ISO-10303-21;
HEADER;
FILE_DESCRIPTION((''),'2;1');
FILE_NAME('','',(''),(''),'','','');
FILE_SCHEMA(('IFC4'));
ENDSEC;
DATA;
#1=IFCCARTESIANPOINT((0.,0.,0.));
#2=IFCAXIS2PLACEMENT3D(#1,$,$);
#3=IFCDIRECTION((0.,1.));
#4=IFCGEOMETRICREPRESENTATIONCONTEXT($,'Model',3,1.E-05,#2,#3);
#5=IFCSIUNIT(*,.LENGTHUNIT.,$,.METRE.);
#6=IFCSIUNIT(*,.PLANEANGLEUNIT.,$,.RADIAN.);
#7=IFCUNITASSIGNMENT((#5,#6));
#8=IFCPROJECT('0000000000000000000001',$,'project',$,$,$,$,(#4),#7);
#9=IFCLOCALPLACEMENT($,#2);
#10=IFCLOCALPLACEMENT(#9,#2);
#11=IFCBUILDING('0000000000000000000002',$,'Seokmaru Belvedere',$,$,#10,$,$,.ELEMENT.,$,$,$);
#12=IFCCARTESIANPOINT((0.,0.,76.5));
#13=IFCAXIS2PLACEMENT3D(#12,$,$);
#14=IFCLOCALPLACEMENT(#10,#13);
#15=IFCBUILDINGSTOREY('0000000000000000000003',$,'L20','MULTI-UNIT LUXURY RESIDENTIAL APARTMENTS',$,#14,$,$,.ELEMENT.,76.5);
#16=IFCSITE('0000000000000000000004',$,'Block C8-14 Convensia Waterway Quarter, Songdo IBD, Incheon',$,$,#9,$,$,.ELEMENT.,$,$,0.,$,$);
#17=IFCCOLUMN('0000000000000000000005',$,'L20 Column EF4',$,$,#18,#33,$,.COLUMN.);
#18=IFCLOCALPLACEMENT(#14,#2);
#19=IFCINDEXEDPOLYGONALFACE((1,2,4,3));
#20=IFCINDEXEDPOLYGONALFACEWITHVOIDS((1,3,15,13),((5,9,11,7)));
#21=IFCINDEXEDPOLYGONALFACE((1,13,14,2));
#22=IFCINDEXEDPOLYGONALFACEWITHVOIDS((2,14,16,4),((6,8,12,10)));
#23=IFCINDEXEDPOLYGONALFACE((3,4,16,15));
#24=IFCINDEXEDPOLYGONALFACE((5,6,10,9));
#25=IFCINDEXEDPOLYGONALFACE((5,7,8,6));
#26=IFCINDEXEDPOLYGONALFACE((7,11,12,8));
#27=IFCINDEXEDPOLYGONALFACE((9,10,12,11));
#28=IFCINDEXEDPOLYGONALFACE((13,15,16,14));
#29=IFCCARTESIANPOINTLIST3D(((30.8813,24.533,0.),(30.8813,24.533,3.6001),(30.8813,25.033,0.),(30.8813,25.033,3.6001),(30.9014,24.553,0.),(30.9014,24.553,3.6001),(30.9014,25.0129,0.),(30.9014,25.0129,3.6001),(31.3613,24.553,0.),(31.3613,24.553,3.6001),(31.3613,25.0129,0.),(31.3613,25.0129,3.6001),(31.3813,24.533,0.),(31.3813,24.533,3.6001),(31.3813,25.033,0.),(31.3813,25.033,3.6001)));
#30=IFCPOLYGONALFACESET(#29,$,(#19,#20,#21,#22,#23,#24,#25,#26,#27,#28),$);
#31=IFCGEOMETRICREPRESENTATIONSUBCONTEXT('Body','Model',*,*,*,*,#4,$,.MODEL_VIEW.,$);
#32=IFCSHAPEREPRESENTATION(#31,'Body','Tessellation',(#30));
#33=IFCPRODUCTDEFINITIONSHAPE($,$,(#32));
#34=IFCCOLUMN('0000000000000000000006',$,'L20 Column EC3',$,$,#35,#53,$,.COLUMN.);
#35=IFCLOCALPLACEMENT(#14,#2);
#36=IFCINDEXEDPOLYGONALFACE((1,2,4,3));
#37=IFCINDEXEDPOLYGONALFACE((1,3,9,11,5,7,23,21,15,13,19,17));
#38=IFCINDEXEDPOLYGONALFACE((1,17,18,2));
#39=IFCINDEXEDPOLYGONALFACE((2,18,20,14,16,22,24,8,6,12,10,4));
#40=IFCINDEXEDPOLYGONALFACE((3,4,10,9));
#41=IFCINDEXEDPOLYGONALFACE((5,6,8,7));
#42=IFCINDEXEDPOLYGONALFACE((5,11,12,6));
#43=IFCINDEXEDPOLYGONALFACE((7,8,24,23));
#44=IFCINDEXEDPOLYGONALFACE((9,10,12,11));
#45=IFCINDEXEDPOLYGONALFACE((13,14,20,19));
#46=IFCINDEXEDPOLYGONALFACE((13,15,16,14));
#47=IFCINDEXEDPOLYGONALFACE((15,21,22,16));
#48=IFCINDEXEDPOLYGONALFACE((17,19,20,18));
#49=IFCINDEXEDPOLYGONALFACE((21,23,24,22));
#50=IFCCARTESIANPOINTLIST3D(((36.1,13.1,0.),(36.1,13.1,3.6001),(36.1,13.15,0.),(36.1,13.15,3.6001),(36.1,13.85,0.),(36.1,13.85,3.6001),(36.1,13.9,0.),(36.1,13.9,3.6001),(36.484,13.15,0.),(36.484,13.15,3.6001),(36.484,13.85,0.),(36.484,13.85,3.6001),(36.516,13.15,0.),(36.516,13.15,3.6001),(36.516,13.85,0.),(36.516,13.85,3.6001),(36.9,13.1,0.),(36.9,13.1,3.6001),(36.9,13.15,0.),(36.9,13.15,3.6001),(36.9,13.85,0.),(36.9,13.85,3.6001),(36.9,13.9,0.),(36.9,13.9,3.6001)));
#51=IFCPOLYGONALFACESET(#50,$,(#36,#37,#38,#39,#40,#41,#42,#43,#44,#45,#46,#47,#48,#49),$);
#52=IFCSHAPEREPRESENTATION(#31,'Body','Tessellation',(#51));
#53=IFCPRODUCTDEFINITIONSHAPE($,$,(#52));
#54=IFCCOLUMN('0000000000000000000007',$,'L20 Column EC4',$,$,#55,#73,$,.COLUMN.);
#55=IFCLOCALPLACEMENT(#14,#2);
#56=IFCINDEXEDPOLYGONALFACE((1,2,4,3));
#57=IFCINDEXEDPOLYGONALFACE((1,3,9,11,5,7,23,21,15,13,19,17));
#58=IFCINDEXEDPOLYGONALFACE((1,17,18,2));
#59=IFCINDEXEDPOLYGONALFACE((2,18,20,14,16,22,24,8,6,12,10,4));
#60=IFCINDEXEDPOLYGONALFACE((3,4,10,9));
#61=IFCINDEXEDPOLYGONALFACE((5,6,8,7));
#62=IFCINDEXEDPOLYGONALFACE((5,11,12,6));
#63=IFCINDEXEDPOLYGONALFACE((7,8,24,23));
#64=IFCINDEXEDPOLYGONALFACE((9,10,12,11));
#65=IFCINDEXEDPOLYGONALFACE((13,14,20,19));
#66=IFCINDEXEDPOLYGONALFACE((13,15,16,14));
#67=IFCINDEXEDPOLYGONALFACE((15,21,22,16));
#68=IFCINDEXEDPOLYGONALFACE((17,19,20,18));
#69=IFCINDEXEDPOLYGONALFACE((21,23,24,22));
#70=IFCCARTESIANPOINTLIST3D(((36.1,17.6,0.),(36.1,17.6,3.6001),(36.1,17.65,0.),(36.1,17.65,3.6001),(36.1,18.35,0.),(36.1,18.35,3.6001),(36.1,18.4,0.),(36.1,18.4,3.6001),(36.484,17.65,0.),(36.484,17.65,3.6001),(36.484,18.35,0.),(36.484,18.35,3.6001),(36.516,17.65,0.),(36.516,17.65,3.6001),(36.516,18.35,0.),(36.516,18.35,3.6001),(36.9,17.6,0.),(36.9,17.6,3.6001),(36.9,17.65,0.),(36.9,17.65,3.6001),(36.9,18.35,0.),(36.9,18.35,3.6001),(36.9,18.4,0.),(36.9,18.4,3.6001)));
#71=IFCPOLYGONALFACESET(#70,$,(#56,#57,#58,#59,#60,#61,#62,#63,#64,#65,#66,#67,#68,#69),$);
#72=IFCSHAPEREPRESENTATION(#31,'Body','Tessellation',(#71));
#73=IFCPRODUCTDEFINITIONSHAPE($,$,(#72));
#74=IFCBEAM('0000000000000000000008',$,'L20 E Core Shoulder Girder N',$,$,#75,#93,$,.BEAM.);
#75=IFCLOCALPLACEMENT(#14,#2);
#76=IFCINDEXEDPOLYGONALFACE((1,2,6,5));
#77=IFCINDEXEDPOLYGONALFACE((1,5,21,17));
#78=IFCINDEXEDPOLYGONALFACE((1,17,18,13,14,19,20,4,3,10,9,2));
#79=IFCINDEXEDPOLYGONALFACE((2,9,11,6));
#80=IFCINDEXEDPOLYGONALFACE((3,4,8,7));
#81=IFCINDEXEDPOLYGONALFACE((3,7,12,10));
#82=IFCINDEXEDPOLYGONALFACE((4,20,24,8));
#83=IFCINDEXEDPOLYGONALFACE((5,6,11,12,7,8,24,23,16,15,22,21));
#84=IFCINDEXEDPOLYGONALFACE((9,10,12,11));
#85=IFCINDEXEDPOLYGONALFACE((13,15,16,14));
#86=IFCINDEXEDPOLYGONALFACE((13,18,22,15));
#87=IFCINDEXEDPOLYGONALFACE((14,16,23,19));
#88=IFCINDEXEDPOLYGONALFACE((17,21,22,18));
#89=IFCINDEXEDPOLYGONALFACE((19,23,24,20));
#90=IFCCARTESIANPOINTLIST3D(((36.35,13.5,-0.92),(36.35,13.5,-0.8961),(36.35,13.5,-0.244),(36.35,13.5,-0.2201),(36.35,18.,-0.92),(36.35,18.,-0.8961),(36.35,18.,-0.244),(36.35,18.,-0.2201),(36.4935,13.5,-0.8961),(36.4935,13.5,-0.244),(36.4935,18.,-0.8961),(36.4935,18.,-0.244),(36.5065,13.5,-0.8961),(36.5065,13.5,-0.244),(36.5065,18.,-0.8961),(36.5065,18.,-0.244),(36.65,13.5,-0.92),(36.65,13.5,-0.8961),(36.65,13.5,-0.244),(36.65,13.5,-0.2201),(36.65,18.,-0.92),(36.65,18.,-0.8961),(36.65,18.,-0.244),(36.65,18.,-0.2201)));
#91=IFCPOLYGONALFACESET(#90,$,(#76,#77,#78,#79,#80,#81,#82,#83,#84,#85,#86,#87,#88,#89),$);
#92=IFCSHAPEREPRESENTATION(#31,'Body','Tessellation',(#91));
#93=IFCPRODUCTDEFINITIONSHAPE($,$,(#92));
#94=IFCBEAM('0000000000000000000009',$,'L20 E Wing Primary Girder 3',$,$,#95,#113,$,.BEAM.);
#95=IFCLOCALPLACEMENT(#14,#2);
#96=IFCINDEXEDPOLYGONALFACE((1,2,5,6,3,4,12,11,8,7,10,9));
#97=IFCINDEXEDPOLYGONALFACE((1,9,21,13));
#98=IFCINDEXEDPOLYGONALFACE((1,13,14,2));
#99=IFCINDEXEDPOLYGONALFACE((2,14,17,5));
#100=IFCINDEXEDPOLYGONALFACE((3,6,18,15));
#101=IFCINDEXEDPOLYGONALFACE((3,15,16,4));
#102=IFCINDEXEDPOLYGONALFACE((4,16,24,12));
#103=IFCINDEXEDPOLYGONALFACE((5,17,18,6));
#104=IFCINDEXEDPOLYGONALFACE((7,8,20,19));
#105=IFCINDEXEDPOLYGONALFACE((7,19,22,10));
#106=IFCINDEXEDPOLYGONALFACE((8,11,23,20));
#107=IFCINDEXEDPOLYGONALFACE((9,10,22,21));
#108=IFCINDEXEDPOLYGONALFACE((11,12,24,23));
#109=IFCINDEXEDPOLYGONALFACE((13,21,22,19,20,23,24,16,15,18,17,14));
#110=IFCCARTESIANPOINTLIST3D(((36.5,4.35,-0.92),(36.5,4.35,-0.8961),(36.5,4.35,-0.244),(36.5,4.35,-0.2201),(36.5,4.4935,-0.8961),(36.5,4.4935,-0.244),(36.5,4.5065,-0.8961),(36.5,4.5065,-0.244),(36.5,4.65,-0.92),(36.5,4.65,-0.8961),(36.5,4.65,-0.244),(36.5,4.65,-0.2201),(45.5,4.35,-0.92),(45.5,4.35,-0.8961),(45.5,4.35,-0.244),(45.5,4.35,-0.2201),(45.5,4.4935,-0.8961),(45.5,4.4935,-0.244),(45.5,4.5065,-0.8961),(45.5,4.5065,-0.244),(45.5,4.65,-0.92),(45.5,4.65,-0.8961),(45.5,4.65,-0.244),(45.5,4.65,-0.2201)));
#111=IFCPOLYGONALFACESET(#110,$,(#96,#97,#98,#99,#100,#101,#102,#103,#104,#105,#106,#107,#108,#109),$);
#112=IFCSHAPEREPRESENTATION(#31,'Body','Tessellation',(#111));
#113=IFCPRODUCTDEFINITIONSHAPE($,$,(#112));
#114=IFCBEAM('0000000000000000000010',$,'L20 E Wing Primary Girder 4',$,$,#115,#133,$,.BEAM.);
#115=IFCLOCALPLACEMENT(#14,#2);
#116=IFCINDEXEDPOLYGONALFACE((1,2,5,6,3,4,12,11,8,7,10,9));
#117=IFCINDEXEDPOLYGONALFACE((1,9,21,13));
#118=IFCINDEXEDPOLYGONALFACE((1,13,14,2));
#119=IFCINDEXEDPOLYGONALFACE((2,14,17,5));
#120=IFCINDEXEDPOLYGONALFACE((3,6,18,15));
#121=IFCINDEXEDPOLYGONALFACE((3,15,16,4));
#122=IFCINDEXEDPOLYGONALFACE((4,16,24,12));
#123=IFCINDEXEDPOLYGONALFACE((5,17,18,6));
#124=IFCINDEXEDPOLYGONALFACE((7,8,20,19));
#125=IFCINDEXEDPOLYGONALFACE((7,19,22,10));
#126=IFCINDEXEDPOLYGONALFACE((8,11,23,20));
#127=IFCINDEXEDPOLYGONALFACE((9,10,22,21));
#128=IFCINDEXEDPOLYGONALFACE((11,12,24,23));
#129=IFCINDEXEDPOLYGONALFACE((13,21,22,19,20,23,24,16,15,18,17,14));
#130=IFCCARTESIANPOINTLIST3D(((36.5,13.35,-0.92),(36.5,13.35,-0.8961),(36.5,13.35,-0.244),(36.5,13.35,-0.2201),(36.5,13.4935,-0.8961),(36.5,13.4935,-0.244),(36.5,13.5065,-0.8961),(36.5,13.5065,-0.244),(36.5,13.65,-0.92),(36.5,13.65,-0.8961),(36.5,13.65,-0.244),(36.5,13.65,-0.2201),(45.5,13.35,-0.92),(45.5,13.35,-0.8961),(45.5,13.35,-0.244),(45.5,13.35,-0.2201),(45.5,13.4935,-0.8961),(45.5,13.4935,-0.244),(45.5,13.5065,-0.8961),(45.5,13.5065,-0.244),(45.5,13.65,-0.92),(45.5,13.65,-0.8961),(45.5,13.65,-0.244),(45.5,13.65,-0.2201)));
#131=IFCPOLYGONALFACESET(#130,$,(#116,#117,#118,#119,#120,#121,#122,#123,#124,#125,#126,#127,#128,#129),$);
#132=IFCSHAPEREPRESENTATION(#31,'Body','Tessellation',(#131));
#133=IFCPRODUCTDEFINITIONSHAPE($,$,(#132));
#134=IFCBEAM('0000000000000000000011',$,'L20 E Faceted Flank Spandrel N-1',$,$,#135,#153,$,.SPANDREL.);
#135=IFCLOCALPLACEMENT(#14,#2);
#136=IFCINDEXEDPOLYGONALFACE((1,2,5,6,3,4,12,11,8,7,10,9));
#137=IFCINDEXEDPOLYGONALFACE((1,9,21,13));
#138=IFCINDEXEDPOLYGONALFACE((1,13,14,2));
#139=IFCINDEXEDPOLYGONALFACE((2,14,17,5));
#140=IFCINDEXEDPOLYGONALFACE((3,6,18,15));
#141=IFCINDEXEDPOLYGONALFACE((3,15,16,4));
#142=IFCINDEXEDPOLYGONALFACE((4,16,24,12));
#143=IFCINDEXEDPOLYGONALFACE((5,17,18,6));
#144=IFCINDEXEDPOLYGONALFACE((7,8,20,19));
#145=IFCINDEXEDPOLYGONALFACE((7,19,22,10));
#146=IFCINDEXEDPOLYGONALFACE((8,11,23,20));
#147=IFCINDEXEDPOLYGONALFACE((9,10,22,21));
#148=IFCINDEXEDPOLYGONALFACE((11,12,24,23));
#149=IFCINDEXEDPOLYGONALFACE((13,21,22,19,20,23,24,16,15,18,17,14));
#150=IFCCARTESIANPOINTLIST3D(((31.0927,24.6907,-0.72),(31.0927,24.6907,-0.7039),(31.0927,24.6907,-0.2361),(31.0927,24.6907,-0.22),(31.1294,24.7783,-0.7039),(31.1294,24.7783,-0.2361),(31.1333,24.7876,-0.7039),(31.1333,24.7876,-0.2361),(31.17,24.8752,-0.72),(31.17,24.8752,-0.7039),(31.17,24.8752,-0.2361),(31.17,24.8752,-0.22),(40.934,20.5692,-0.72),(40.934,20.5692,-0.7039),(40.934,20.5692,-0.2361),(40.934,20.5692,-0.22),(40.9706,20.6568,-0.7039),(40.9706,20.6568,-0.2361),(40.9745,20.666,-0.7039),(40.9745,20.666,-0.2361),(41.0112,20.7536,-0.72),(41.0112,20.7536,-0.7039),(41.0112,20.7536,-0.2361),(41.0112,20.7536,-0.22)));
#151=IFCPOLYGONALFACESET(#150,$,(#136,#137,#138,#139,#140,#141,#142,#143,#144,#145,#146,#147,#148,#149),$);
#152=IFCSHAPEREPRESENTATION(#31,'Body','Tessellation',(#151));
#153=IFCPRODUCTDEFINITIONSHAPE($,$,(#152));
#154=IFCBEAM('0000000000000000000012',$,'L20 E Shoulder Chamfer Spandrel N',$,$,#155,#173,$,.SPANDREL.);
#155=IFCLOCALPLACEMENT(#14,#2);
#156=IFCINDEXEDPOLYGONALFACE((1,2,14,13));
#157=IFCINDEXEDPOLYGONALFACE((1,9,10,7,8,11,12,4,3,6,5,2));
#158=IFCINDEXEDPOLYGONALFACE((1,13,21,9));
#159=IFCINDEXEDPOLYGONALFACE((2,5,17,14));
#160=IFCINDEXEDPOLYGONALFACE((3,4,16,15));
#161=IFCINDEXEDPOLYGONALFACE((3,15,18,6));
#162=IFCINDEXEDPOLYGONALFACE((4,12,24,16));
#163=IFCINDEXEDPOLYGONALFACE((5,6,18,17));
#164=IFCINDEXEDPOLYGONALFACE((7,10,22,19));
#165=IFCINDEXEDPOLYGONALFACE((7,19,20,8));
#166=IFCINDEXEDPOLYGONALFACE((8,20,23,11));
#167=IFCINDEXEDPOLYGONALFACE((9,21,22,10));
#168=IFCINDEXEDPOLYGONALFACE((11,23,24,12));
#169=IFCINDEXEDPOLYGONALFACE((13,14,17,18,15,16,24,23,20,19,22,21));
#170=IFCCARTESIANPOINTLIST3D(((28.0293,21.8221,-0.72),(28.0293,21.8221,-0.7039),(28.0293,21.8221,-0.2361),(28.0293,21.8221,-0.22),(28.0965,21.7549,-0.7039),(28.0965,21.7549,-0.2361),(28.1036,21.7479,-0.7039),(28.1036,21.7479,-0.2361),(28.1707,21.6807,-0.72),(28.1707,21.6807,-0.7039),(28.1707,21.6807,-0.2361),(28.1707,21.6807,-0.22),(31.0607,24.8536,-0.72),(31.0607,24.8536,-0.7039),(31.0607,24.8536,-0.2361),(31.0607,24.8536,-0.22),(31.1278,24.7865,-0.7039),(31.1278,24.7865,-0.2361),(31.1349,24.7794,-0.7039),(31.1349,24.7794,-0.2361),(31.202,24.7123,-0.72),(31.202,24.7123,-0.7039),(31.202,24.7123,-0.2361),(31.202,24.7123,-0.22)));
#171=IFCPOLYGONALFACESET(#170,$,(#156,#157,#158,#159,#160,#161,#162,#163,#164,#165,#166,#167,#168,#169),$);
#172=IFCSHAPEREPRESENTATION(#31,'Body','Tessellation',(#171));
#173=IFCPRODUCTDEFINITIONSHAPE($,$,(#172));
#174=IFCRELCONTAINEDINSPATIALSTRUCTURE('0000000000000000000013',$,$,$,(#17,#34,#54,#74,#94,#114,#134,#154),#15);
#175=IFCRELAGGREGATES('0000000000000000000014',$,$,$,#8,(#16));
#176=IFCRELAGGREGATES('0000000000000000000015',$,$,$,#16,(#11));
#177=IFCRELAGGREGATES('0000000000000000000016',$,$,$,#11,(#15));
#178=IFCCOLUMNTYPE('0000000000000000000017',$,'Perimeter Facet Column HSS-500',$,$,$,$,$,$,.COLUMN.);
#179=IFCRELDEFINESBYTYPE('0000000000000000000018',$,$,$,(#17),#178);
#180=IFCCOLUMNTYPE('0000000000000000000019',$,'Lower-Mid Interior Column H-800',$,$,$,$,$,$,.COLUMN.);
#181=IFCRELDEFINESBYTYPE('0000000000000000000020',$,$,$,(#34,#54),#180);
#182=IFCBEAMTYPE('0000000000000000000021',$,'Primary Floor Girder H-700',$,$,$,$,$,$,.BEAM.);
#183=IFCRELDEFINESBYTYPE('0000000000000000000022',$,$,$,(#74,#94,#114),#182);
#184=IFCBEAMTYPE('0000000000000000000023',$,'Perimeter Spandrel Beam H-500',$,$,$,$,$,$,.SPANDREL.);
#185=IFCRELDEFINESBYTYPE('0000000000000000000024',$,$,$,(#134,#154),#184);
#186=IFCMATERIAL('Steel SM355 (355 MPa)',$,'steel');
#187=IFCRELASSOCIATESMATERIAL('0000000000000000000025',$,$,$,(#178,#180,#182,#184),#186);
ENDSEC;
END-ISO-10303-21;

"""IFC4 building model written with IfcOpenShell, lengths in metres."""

from ifc_helpers import new_model, si_unit, direction, frame, origin, origin_2d, place, context, subcontext, project, spatial, hollow_rectangle, i_section, extrude, source, transform, mapped, material, material_profile, profile_set, type_object, type_shapes, element, save


model = new_model("IFC4")

# Units and contexts
model_context = context("Model", 3, precision=1e-05, world=origin(), true_north=direction((0.0, 1.0)))
body_context = subcontext(model_context, "Body", "Model", "MODEL_VIEW")
ifc_project = project(units=[si_unit("LENGTHUNIT", "METRE"), si_unit("PLANEANGLEUNIT", "RADIAN")], contexts=[model_context])

# Site, building, storey
site_placement = place(None, origin())
site = spatial("IfcSite", under=ifc_project, at=site_placement, Name="Block C8-14 Convensia Waterway Quarter, Songdo IBD, Incheon", CompositionType="ELEMENT", RefElevation=0.0)
building_placement = place(site_placement, origin())
building = spatial("IfcBuilding", under=site, at=building_placement, Name="Seokmaru Belvedere", CompositionType="ELEMENT")
storey_placement = place(building_placement, frame((0.0, 0.0, 76.5)))
storey = spatial("IfcBuildingStorey", under=building, at=storey_placement, Name="L20", Description="MULTI-UNIT LUXURY RESIDENTIAL APARTMENTS", CompositionType="ELEMENT", Elevation=76.5)

# Columns
ifc_material_1 = material(Name="Steel SM355 (355 MPa)", Category="steel")
ifc_material_profile_1 = material_profile(ifc_material_1, hollow_rectangle(XDim=0.5, YDim=0.5, WallThickness=0.02, at=origin_2d()), Name="HSS-500x500x20")
ifc_profile_set_1 = profile_set([ifc_material_profile_1], Name="Steel SM355 (355 MPa)")
column_type_1 = type_object("IfcColumnType", Name="Perimeter Facet Column HSS-500", PredefinedType="COLUMN", material=ifc_profile_set_1)
shared_shape_1 = source(origin(), body_context, "Body", "SweptSolid", [
    extrude(hollow_rectangle(XDim=0.5, YDim=0.5, WallThickness=0.02, at=origin_2d()), origin(), (0.0, 0.0, 1.0), 3.6001),
])
type_shapes(column_type_1, [shared_shape_1])
column_placement = place(storey_placement, frame((31.1313, 24.783, 0.0), z_axis=(0.0, 0.0, 1.0), x_axis=(1.0, 0.0, 0.0)))
element("IfcColumn", 1, at=column_placement, inside=storey, type_object=column_type_1, Name="L20 Column EF4", PredefinedType="COLUMN", context=body_context, shape_type="MappedRepresentation", body=[
    mapped(shared_shape_1, transform((0.0, 0.0, 0.0), scale=1.0)),
])
ifc_material_profile_2 = material_profile(ifc_material_1, i_section(OverallWidth=0.8, OverallDepth=0.8, WebThickness=0.032, FlangeThickness=0.05, at=origin_2d()), Name="H-800x800x32x50")
ifc_profile_set_2 = profile_set([ifc_material_profile_2], Name="Steel SM355 (355 MPa)")
column_type_2 = type_object("IfcColumnType", Name="Lower-Mid Interior Column H-800", PredefinedType="COLUMN", material=ifc_profile_set_2)
shared_shape_2 = source(origin(), body_context, "Body", "SweptSolid", [
    extrude(i_section(OverallWidth=0.8, OverallDepth=0.8, WebThickness=0.032, FlangeThickness=0.05, at=origin_2d()), origin(), (0.0, 0.0, 1.0), 3.6001),
])
type_shapes(column_type_2, [shared_shape_2])
for number, where, z_axis, x_axis, name in (
    (2, (36.5, 13.5, 0.0), (0.0, 0.0, 1.0), (1.0, 0.0, 0.0), "L20 Column EC3"),
    (3, (36.5, 18.0, 0.0), (0.0, 0.0, 1.0), (1.0, 0.0, 0.0), "L20 Column EC4"),
):
    element("IfcColumn", number, at=place(storey_placement, frame(where, z_axis=z_axis, x_axis=x_axis)), inside=storey, type_object=column_type_2, Name=name, PredefinedType="COLUMN", context=body_context, shape_type="MappedRepresentation", body=[
        mapped(shared_shape_2, transform((0.0, 0.0, 0.0), scale=1.0)),
    ])

# Beams
ifc_material_profile_3 = material_profile(ifc_material_1, i_section(OverallWidth=0.3, OverallDepth=0.7, WebThickness=0.0129, FlangeThickness=0.0239, at=origin_2d()), Name="H-700x300x13x24")
ifc_profile_set_3 = profile_set([ifc_material_profile_3], Name="Steel SM355 (355 MPa)")
beam_type_1 = type_object("IfcBeamType", Name="Primary Floor Girder H-700", PredefinedType="BEAM", material=ifc_profile_set_3)
shared_shape_3 = source(origin(), body_context, "Body", "SweptSolid", [
    extrude(i_section(OverallWidth=0.3, OverallDepth=0.7, WebThickness=0.0129, FlangeThickness=0.0239, at=origin_2d()), origin(), (0.0, 0.0, 1.0), 4.5),
])
beam_1_placement = place(storey_placement, frame((36.5, 13.5, -0.5701), z_axis=(0.0, 1.0, 0.0), x_axis=(-1.0, 0.0, 0.0)))
element("IfcBeam", 4, at=beam_1_placement, inside=storey, type_object=beam_type_1, Name="L20 E Core Shoulder Girder N", PredefinedType="BEAM", context=body_context, shape_type="MappedRepresentation", body=[
    mapped(shared_shape_3, transform((0.0, 0.0, 0.0), scale=1.0)),
])
shared_shape_4 = source(origin(), body_context, "Body", "SweptSolid", [
    extrude(i_section(OverallWidth=0.3, OverallDepth=0.7, WebThickness=0.0129, FlangeThickness=0.0239, at=origin_2d()), origin(), (0.0, 0.0, 1.0), 9.0),
])
type_shapes(beam_type_1, [shared_shape_3, shared_shape_4])
for number, where, z_axis, x_axis, name in (
    (5, (36.5, 4.5, -0.5701), (1.0, 0.0, 0.0), (0.0, 1.0, 0.0), "L20 E Wing Primary Girder 3"),
    (6, (36.5, 13.5, -0.5701), (1.0, 0.0, 0.0), (0.0, 1.0, 0.0), "L20 E Wing Primary Girder 4"),
):
    element("IfcBeam", number, at=place(storey_placement, frame(where, z_axis=z_axis, x_axis=x_axis)), inside=storey, type_object=beam_type_1, Name=name, PredefinedType="BEAM", context=body_context, shape_type="MappedRepresentation", body=[
        mapped(shared_shape_4, transform((0.0, 0.0, 0.0), scale=1.0)),
    ])
ifc_material_profile_4 = material_profile(ifc_material_1, i_section(OverallWidth=0.2, OverallDepth=0.5, WebThickness=0.01, FlangeThickness=0.0161, at=origin_2d()), Name="H-500x200x10x16")
ifc_profile_set_4 = profile_set([ifc_material_profile_4], Name="Steel SM355 (355 MPa)")
beam_type_2 = type_object("IfcBeamType", Name="Perimeter Spandrel Beam H-500", PredefinedType="SPANDREL", material=ifc_profile_set_4)
shared_shape_5 = source(origin(), body_context, "Body", "SweptSolid", [
    extrude(i_section(OverallWidth=0.2, OverallDepth=0.5, WebThickness=0.01, FlangeThickness=0.0161, at=origin_2d()), origin(), (0.0, 0.0, 1.0), 10.6694),
])
beam_2_placement = place(storey_placement, frame((31.1313, 24.783, -0.47), z_axis=(0.922375, -0.386295, 0.0), x_axis=(0.386295, 0.922375, 0.0)))
element("IfcBeam", 7, at=beam_2_placement, inside=storey, type_object=beam_type_2, Name="L20 E Faceted Flank Spandrel N-1", PredefinedType="SPANDREL", context=body_context, shape_type="MappedRepresentation", body=[
    mapped(shared_shape_5, transform((0.0, 0.0, 0.0), scale=1.0)),
])
shared_shape_6 = source(origin(), body_context, "Body", "SweptSolid", [
    extrude(i_section(OverallWidth=0.2, OverallDepth=0.5, WebThickness=0.01, FlangeThickness=0.0161, at=origin_2d()), origin(), (0.0, 0.0, 1.0), 4.2871),
])
type_shapes(beam_type_2, [shared_shape_5, shared_shape_6])
beam_3_placement = place(storey_placement, frame((31.1313, 24.783, -0.47), z_axis=(-0.707078, -0.707135, 0.0), x_axis=(0.707135, -0.707078, 0.0)))
element("IfcBeam", 8, at=beam_3_placement, inside=storey, type_object=beam_type_2, Name="L20 E Shoulder Chamfer Spandrel N", PredefinedType="SPANDREL", context=body_context, shape_type="MappedRepresentation", body=[
    mapped(shared_shape_6, transform((0.0, 0.0, 0.0), scale=1.0)),
])

save(model, "model.ifc")
